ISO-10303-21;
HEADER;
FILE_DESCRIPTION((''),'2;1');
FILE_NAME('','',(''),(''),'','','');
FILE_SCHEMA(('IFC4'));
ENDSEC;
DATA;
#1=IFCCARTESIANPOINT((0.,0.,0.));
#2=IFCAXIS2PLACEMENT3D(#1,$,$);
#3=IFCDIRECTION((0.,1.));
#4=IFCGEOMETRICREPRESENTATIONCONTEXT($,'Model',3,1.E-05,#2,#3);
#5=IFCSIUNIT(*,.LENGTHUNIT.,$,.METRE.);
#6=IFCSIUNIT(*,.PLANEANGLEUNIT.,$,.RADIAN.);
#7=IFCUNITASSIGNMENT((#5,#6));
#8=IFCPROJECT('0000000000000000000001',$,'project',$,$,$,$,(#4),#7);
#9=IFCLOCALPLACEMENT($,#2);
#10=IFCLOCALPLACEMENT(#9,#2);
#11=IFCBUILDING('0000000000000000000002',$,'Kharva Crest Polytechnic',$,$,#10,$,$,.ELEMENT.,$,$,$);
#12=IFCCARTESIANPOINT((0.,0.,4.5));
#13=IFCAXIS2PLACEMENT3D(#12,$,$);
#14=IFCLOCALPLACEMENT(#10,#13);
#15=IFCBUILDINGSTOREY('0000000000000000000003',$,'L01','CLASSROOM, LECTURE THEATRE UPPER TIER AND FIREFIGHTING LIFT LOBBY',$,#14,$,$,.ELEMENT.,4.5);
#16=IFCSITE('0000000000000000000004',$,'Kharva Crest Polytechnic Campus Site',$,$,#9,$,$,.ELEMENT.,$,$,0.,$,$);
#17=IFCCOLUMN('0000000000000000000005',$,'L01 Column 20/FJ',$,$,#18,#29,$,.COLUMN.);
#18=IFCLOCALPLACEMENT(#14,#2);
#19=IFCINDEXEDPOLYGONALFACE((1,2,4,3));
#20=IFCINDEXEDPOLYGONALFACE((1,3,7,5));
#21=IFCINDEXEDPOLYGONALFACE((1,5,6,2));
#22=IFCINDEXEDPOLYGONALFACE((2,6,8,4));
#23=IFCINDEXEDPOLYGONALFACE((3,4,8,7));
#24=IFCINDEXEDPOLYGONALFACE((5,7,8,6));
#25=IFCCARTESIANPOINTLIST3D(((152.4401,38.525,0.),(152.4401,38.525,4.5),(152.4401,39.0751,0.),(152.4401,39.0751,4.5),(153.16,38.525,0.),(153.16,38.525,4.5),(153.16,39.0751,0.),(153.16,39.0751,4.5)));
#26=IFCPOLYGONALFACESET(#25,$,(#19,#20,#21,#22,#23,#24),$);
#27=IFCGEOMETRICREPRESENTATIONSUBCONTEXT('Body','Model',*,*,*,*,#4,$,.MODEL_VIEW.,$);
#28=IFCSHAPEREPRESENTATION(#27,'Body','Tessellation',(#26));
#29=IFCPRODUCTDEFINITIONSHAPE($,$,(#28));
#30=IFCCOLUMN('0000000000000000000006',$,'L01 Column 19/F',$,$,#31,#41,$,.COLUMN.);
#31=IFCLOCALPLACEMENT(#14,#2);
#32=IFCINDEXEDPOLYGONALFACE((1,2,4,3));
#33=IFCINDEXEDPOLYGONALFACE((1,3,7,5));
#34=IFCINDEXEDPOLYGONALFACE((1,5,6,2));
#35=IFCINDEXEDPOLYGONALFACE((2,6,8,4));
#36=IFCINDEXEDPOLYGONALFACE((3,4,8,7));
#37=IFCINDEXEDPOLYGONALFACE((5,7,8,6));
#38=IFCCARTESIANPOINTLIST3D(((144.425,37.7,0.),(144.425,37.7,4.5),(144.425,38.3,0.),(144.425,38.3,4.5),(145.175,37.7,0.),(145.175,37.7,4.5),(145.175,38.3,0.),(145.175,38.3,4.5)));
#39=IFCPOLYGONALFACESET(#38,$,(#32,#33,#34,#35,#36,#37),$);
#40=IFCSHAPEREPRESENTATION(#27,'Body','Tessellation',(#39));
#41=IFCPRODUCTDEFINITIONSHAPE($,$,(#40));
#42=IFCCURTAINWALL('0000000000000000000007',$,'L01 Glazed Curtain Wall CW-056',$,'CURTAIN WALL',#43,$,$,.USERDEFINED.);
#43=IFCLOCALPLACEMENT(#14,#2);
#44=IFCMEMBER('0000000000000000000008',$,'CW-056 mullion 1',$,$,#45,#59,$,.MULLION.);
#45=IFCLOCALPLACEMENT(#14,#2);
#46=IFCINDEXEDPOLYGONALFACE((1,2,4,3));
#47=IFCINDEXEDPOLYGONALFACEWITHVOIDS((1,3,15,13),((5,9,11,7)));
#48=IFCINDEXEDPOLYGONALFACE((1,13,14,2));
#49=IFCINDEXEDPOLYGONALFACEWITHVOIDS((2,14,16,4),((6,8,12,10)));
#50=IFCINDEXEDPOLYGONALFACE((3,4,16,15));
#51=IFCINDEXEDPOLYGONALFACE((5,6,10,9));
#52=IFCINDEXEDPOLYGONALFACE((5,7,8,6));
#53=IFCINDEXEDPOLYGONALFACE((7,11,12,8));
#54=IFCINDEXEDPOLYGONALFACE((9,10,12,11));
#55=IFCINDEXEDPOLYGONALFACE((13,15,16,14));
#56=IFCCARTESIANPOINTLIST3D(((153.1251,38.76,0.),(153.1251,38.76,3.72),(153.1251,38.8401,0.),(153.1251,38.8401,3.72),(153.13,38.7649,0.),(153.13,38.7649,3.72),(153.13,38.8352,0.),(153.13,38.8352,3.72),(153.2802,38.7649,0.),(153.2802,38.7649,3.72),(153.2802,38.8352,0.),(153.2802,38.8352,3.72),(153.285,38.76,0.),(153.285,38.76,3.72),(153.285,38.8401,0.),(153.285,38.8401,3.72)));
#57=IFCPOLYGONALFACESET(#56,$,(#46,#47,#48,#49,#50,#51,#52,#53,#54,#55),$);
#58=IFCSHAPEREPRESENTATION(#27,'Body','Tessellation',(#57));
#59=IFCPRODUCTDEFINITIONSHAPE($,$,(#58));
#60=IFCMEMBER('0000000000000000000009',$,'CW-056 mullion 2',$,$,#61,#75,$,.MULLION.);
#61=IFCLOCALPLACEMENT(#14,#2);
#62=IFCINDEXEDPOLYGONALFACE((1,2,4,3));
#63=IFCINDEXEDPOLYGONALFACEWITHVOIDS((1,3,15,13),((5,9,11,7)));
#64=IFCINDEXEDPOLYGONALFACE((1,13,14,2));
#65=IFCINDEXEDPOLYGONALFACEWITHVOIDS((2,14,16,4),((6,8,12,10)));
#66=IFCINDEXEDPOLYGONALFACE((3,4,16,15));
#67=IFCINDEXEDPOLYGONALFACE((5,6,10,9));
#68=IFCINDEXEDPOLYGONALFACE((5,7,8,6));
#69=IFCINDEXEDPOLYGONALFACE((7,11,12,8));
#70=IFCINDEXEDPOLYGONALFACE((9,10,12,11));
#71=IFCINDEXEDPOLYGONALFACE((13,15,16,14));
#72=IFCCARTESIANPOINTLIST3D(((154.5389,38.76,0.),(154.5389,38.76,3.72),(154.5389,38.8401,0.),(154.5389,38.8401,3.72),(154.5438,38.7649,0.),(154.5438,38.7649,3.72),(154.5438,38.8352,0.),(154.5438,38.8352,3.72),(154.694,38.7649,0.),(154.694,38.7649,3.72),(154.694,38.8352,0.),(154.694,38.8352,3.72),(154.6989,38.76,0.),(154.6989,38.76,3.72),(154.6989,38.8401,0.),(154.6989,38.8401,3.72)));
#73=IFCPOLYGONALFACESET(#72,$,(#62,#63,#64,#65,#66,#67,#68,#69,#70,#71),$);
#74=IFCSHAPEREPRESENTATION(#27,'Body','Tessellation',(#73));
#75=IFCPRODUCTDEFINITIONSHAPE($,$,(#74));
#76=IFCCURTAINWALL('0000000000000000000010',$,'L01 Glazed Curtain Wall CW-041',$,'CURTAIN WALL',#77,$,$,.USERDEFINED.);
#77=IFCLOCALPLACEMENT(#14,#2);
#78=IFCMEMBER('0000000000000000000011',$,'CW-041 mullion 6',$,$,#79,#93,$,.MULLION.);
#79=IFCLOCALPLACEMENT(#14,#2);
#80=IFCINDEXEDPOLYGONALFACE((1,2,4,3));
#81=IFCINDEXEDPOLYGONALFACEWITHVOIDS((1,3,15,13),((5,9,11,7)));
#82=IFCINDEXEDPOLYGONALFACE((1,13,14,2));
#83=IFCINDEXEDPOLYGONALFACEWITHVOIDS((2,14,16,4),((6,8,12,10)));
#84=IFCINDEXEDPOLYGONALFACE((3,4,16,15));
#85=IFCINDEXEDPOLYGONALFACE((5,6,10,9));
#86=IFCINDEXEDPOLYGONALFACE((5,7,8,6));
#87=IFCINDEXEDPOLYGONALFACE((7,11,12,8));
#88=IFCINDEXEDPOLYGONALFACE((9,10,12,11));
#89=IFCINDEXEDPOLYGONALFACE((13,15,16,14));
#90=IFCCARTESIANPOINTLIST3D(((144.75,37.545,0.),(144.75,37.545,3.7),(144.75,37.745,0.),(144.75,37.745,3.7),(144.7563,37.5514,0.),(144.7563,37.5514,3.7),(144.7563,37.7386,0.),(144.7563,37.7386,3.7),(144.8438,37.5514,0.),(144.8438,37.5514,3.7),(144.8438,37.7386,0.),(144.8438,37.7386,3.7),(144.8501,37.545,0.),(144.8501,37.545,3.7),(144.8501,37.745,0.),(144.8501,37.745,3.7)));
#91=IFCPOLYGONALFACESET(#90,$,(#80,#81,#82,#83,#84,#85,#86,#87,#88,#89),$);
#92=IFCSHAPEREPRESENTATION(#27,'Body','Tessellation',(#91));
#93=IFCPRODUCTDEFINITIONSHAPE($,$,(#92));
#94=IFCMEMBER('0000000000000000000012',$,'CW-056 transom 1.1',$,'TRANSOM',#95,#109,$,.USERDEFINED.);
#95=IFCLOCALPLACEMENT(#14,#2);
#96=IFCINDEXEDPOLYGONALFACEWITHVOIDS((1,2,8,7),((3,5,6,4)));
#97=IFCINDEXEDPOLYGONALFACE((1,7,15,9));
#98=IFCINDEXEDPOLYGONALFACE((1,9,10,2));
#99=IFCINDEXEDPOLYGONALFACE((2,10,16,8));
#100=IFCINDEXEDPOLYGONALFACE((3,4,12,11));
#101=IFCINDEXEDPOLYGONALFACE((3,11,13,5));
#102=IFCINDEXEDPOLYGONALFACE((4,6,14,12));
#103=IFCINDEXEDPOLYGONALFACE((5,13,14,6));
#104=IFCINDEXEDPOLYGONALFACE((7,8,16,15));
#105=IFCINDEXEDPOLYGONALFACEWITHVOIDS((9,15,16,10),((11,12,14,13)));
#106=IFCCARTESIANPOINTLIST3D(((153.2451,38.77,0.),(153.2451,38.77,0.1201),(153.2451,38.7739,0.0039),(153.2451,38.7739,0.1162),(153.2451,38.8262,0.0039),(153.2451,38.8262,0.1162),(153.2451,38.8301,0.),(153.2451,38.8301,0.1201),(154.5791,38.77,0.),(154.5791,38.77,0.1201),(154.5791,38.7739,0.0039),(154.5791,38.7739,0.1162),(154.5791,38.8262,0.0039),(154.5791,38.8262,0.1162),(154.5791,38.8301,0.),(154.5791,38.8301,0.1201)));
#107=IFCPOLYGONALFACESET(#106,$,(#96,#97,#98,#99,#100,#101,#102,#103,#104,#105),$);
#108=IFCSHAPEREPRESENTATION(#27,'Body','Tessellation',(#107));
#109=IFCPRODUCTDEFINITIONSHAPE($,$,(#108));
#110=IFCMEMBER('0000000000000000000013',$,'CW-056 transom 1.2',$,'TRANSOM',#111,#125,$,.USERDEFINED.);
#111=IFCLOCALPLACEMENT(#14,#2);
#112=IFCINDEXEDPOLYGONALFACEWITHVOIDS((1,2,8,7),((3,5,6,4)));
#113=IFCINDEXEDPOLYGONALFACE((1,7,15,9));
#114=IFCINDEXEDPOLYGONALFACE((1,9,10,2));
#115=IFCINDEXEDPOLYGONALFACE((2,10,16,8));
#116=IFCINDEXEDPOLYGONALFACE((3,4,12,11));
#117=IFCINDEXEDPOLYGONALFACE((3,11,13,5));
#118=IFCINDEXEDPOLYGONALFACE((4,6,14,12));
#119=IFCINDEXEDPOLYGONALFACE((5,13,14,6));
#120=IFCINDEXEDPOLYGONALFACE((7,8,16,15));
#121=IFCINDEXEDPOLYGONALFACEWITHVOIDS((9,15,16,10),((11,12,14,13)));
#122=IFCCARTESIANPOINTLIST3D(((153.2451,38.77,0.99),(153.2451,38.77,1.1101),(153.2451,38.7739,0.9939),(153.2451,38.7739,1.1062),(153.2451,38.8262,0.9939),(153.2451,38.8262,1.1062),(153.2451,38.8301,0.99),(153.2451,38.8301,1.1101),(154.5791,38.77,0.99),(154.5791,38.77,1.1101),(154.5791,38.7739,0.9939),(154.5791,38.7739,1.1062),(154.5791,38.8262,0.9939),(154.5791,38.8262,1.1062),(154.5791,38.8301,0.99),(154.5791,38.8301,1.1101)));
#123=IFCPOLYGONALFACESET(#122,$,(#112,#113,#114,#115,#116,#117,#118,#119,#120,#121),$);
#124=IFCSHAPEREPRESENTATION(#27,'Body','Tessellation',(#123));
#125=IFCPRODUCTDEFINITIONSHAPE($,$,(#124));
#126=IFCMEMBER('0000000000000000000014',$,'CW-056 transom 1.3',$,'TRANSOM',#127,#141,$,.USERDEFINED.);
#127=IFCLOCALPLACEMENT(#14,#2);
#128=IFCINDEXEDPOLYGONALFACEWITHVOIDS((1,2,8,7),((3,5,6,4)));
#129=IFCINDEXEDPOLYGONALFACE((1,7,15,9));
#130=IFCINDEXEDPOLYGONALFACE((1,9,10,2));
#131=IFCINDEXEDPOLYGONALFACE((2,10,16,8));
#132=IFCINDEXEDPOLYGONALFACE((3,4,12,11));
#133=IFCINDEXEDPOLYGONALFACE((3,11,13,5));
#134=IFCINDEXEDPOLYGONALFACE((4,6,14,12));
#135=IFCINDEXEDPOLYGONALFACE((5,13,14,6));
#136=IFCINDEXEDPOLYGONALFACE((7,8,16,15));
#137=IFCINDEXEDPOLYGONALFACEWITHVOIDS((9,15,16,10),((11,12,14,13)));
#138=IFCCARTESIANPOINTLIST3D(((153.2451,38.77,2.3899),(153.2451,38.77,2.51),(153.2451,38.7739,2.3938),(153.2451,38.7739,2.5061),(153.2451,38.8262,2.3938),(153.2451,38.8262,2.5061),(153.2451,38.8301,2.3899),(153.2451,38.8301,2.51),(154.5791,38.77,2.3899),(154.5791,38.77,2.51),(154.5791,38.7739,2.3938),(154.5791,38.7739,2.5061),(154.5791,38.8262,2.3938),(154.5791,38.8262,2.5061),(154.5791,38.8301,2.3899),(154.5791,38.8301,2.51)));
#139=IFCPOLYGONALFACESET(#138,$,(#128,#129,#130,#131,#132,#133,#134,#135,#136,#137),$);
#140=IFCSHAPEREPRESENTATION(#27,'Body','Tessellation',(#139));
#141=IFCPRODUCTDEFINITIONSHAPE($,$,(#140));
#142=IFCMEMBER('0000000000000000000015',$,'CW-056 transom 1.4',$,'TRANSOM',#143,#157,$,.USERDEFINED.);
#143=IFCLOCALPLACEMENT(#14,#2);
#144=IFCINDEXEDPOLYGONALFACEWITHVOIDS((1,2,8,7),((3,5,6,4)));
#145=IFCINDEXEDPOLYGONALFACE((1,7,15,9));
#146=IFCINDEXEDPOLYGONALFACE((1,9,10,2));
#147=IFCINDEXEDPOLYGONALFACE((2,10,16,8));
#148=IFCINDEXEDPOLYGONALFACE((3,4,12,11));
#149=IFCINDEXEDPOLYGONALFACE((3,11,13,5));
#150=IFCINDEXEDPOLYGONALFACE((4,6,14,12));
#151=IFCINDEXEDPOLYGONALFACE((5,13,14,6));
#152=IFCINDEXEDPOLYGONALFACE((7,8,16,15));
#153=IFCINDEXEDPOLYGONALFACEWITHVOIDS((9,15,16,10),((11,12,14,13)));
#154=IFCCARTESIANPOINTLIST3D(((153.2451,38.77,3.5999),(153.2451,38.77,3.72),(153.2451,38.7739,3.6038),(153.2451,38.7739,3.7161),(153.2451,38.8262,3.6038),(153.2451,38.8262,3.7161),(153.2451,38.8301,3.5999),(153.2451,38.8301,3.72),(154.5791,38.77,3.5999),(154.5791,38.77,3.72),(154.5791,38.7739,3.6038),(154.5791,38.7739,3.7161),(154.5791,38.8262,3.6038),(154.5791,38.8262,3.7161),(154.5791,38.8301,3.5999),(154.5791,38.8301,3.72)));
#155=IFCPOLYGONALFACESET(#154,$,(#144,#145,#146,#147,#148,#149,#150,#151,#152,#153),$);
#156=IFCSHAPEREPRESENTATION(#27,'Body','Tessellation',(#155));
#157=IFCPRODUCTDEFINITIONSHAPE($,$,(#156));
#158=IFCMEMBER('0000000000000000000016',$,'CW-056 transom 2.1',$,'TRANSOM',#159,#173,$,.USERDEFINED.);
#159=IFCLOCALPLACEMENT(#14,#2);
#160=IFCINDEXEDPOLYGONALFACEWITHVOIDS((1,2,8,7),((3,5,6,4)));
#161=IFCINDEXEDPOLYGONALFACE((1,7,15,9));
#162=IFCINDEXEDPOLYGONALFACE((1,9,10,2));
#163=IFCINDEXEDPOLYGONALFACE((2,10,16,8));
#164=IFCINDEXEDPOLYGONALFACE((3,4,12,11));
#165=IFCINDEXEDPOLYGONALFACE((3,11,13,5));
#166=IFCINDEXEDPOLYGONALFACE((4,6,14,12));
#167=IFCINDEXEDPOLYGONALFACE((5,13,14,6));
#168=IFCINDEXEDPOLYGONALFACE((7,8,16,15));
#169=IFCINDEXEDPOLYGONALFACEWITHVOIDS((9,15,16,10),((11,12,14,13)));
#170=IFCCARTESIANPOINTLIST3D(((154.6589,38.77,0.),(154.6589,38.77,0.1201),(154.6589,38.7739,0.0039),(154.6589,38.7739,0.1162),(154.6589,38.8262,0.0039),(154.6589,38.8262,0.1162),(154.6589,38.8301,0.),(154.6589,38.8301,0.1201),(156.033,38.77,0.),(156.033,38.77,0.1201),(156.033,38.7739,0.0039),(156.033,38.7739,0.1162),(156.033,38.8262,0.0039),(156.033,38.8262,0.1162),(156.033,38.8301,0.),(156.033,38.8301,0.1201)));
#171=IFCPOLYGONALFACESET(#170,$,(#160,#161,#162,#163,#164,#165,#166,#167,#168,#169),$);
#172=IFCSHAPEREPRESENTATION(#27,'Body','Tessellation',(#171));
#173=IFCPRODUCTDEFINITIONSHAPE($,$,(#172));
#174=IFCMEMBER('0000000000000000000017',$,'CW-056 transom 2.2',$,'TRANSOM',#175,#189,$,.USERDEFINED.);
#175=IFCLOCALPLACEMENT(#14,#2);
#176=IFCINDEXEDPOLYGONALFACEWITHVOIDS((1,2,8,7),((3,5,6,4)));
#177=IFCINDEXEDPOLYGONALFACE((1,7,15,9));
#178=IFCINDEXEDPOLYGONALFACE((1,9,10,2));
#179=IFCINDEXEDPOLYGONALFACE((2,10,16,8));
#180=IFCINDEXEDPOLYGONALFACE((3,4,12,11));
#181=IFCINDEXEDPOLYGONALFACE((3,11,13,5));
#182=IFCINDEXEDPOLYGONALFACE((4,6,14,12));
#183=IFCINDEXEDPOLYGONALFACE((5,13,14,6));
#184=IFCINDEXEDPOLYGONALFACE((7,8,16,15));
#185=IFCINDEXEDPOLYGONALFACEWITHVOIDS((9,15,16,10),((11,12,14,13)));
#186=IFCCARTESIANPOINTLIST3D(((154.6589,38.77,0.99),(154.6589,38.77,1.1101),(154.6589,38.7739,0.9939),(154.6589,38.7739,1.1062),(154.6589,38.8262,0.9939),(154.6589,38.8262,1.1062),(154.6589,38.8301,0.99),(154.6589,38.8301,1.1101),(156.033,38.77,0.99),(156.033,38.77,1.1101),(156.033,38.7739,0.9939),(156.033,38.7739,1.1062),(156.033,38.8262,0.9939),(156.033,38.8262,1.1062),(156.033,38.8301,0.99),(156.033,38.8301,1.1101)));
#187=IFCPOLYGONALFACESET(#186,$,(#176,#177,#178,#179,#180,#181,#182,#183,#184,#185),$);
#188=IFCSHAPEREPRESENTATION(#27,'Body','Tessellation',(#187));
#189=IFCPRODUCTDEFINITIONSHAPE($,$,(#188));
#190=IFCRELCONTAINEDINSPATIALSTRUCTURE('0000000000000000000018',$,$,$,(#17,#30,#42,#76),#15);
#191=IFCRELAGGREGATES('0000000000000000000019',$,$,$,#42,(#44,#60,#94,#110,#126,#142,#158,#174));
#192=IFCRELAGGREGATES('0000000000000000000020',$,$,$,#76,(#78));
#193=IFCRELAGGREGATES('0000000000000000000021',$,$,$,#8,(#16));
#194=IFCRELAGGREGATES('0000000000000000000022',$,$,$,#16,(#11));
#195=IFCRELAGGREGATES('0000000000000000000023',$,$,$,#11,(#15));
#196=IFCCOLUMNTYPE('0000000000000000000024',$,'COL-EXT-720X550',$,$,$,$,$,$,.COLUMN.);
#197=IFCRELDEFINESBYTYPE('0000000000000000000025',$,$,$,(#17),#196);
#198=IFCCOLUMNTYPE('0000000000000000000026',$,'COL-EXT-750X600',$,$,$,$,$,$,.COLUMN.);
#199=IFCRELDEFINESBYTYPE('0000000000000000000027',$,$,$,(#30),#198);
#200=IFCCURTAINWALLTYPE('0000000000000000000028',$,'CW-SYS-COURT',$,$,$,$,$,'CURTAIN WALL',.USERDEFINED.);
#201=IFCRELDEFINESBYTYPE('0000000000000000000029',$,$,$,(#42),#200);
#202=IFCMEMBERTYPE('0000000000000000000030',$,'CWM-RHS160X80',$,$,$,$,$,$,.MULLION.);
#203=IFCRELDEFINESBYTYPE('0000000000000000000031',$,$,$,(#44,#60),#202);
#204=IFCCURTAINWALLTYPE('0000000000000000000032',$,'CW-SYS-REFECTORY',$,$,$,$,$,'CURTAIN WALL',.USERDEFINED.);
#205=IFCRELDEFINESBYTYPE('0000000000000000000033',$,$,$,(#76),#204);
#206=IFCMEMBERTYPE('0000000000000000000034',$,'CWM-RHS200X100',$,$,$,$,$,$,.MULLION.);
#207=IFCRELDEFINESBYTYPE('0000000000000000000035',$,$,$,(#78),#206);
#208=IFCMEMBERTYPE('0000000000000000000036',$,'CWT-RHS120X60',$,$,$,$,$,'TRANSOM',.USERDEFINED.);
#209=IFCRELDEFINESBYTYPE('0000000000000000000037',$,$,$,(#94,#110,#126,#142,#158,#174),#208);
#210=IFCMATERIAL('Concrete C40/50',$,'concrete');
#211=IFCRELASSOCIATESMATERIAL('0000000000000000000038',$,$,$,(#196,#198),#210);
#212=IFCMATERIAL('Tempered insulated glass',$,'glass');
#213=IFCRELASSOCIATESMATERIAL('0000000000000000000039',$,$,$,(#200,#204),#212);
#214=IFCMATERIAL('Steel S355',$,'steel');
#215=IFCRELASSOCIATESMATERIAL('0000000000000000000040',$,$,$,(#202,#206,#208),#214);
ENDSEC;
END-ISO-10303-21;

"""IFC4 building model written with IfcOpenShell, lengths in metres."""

from ifc_helpers import new_model, si_unit, direction, frame, origin, origin_2d, place, context, subcontext, project, spatial, rectangle, hollow_rectangle, extrude, material, material_profile, profile_set, type_object, element, aggregate, save


model = new_model("IFC4")

# Units and contexts
model_context = context("Model", 3, precision=1e-05, world=origin(), true_north=direction((0.0, 1.0)))
body_context = subcontext(model_context, "Body", "Model", "MODEL_VIEW")
ifc_project = project(units=[si_unit("LENGTHUNIT", "METRE"), si_unit("PLANEANGLEUNIT", "RADIAN")], contexts=[model_context])

# Site, building, storey
site_placement = place(None, origin())
site = spatial("IfcSite", under=ifc_project, at=site_placement, Name="Kharva Crest Polytechnic Campus Site", CompositionType="ELEMENT", RefElevation=0.0)
building_placement = place(site_placement, origin())
building = spatial("IfcBuilding", under=site, at=building_placement, Name="Kharva Crest Polytechnic", CompositionType="ELEMENT")
storey_placement = place(building_placement, frame((0.0, 0.0, 4.5)))
storey = spatial("IfcBuildingStorey", under=building, at=storey_placement, Name="L01", Description="CLASSROOM, LECTURE THEATRE UPPER TIER AND FIREFIGHTING LIFT LOBBY", CompositionType="ELEMENT", Elevation=4.5)

# Columns
ifc_material_1 = material(Name="Concrete C40/50", Category="concrete")
ifc_material_profile_1 = material_profile(ifc_material_1, rectangle(XDim=0.72, YDim=0.55, at=origin_2d()), Name="RECT 720 X 550")
ifc_profile_set_1 = profile_set([ifc_material_profile_1], Name="Concrete C40/50")
column_type_1 = type_object("IfcColumnType", Name="COL-EXT-720X550", PredefinedType="COLUMN", material=ifc_profile_set_1)
column_1_placement = place(storey_placement, frame((152.8, 38.8, 0.0), z_axis=(0.0, 0.0, 1.0), x_axis=(1.0, 0.0, 0.0)))
element("IfcColumn", 1, at=column_1_placement, inside=storey, type_object=column_type_1, Name="L01 Column 20/FJ", PredefinedType="COLUMN", context=body_context, shape_type="SweptSolid", body=[
    extrude(rectangle(XDim=0.72, YDim=0.55, at=origin_2d()), origin(), (0.0, 0.0, 1.0), 4.5),
])
ifc_material_profile_2 = material_profile(ifc_material_1, rectangle(XDim=0.75, YDim=0.6001, at=origin_2d()), Name="RECT 750 X 600")
ifc_profile_set_2 = profile_set([ifc_material_profile_2], Name="Concrete C40/50")
column_type_2 = type_object("IfcColumnType", Name="COL-EXT-750X600", PredefinedType="COLUMN", material=ifc_profile_set_2)
column_2_placement = place(storey_placement, frame((144.8, 38.0, 0.0), z_axis=(0.0, 0.0, 1.0), x_axis=(1.0, 0.0, 0.0)))
element("IfcColumn", 2, at=column_2_placement, inside=storey, type_object=column_type_2, Name="L01 Column 19/F", PredefinedType="COLUMN", context=body_context, shape_type="SweptSolid", body=[
    extrude(rectangle(XDim=0.75, YDim=0.6001, at=origin_2d()), origin(), (0.0, 0.0, 1.0), 4.5),
])

# Curtain wall, members
ifc_material_2 = material(Name="Tempered insulated glass", Category="glass")
curtain_wall_type_1 = type_object("IfcCurtainWallType", Name="CW-SYS-COURT", ElementType="CURTAIN WALL", PredefinedType="USERDEFINED", material=ifc_material_2)
curtain_wall_1_placement = place(storey_placement, origin())
curtain_wall_1 = element("IfcCurtainWall", 3, at=curtain_wall_1_placement, inside=storey, type_object=curtain_wall_type_1, Name="L01 Glazed Curtain Wall CW-056", ObjectType="CURTAIN WALL", PredefinedType="USERDEFINED")
ifc_material_3 = material(Name="Steel S355", Category="steel")
ifc_material_profile_3 = material_profile(ifc_material_3, hollow_rectangle(XDim=0.0801, YDim=0.1599, WallThickness=0.0049, at=origin_2d()), Name="RHS 160X80X5.0")
ifc_profile_set_3 = profile_set([ifc_material_profile_3], Name="Steel S355")
member_type_1 = type_object("IfcMemberType", Name="CWM-RHS160X80", PredefinedType="MULLION", material=ifc_profile_set_3)
member_1_placement = place(storey_placement, frame((153.2051, 38.8, 0.0), z_axis=(0.0, 0.0, 1.0), x_axis=(0.0, 1.0, 0.0)))
member_1 = element("IfcMember", 4, at=member_1_placement, type_object=member_type_1, Name="CW-056 mullion 1", PredefinedType="MULLION", context=body_context, shape_type="SweptSolid", body=[
    extrude(hollow_rectangle(XDim=0.0801, YDim=0.1599, WallThickness=0.0049, at=origin_2d()), origin(), (0.0, 0.0, 1.0), 3.72),
])
member_2_placement = place(storey_placement, frame((154.6189, 38.8, 0.0), z_axis=(0.0, 0.0, 1.0), x_axis=(0.0, 1.0, 0.0)))
member_2 = element("IfcMember", 5, at=member_2_placement, type_object=member_type_1, Name="CW-056 mullion 2", PredefinedType="MULLION", context=body_context, shape_type="SweptSolid", body=[
    extrude(hollow_rectangle(XDim=0.0801, YDim=0.1599, WallThickness=0.0049, at=origin_2d()), origin(), (0.0, 0.0, 1.0), 3.72),
])

# Curtain wall, member
curtain_wall_type_2 = type_object("IfcCurtainWallType", Name="CW-SYS-REFECTORY", ElementType="CURTAIN WALL", PredefinedType="USERDEFINED", material=ifc_material_2)
curtain_wall_2_placement = place(storey_placement, origin())
curtain_wall_2 = element("IfcCurtainWall", 6, at=curtain_wall_2_placement, inside=storey, type_object=curtain_wall_type_2, Name="L01 Glazed Curtain Wall CW-041", ObjectType="CURTAIN WALL", PredefinedType="USERDEFINED")
ifc_material_profile_4 = material_profile(ifc_material_3, hollow_rectangle(XDim=0.1001, YDim=0.2, WallThickness=0.0063, at=origin_2d()), Name="RHS 200X100X6.3")
ifc_profile_set_4 = profile_set([ifc_material_profile_4], Name="Steel S355")
member_type_2 = type_object("IfcMemberType", Name="CWM-RHS200X100", PredefinedType="MULLION", material=ifc_profile_set_4)
member_3_placement = place(storey_placement, frame((144.8, 37.645, 0.0), z_axis=(0.0, 0.0, 1.0), x_axis=(-1.0, 0.0, 0.0)))
member_3 = element("IfcMember", 7, at=member_3_placement, type_object=member_type_2, Name="CW-041 mullion 6", PredefinedType="MULLION", context=body_context, shape_type="SweptSolid", body=[
    extrude(hollow_rectangle(XDim=0.1001, YDim=0.2, WallThickness=0.0063, at=origin_2d()), origin(), (0.0, 0.0, 1.0), 3.7),
])

# Members
ifc_material_profile_5 = material_profile(ifc_material_3, hollow_rectangle(XDim=0.0601, YDim=0.1201, WallThickness=0.0039, at=origin_2d()), Name="RHS 120X60X4.0")
ifc_profile_set_5 = profile_set([ifc_material_profile_5], Name="Steel S355")
member_type_3 = type_object("IfcMemberType", Name="CWT-RHS120X60", ElementType="TRANSOM", PredefinedType="USERDEFINED", material=ifc_profile_set_5)
member_4_placement = place(storey_placement, frame((153.2451, 38.8, 0.0601), z_axis=(1.0, 0.0, 0.0), x_axis=(0.0, 1.0, 0.0)))
member_4 = element("IfcMember", 8, at=member_4_placement, type_object=member_type_3, Name="CW-056 transom 1.1", ObjectType="TRANSOM", PredefinedType="USERDEFINED", context=body_context, shape_type="SweptSolid", body=[
    extrude(hollow_rectangle(XDim=0.0601, YDim=0.1201, WallThickness=0.0039, at=origin_2d()), origin(), (0.0, 0.0, 1.0), 1.334),
])
member_5_placement = place(storey_placement, frame((153.2451, 38.8, 1.05), z_axis=(1.0, 0.0, 0.0), x_axis=(0.0, 1.0, 0.0)))
member_5 = element("IfcMember", 9, at=member_5_placement, type_object=member_type_3, Name="CW-056 transom 1.2", ObjectType="TRANSOM", PredefinedType="USERDEFINED", context=body_context, shape_type="SweptSolid", body=[
    extrude(hollow_rectangle(XDim=0.0601, YDim=0.1201, WallThickness=0.0039, at=origin_2d()), origin(), (0.0, 0.0, 1.0), 1.334),
])
member_6_placement = place(storey_placement, frame((153.2451, 38.8, 2.45), z_axis=(1.0, 0.0, 0.0), x_axis=(0.0, 1.0, 0.0)))
member_6 = element("IfcMember", 10, at=member_6_placement, type_object=member_type_3, Name="CW-056 transom 1.3", ObjectType="TRANSOM", PredefinedType="USERDEFINED", context=body_context, shape_type="SweptSolid", body=[
    extrude(hollow_rectangle(XDim=0.0601, YDim=0.1201, WallThickness=0.0039, at=origin_2d()), origin(), (0.0, 0.0, 1.0), 1.334),
])
member_7_placement = place(storey_placement, frame((153.2451, 38.8, 3.6599), z_axis=(1.0, 0.0, 0.0), x_axis=(0.0, 1.0, 0.0)))
member_7 = element("IfcMember", 11, at=member_7_placement, type_object=member_type_3, Name="CW-056 transom 1.4", ObjectType="TRANSOM", PredefinedType="USERDEFINED", context=body_context, shape_type="SweptSolid", body=[
    extrude(hollow_rectangle(XDim=0.0601, YDim=0.1201, WallThickness=0.0039, at=origin_2d()), origin(), (0.0, 0.0, 1.0), 1.334),
])
member_8_placement = place(storey_placement, frame((154.6589, 38.8, 0.0601), z_axis=(1.0, 0.0, 0.0), x_axis=(0.0, 1.0, 0.0)))
member_8 = element("IfcMember", 12, at=member_8_placement, type_object=member_type_3, Name="CW-056 transom 2.1", ObjectType="TRANSOM", PredefinedType="USERDEFINED", context=body_context, shape_type="SweptSolid", body=[
    extrude(hollow_rectangle(XDim=0.0601, YDim=0.1201, WallThickness=0.0039, at=origin_2d()), origin(), (0.0, 0.0, 1.0), 1.374),
])
member_9_placement = place(storey_placement, frame((154.6589, 38.8, 1.05), z_axis=(1.0, 0.0, 0.0), x_axis=(0.0, 1.0, 0.0)))
member_9 = element("IfcMember", 13, at=member_9_placement, type_object=member_type_3, Name="CW-056 transom 2.2", ObjectType="TRANSOM", PredefinedType="USERDEFINED", context=body_context, shape_type="SweptSolid", body=[
    extrude(hollow_rectangle(XDim=0.0601, YDim=0.1201, WallThickness=0.0039, at=origin_2d()), origin(), (0.0, 0.0, 1.0), 1.374),
])

aggregate(curtain_wall_1, [member_1, member_2, member_4, member_5, member_6, member_7, member_8, member_9])
aggregate(curtain_wall_2, [member_3])

save(model, "model.ifc")
